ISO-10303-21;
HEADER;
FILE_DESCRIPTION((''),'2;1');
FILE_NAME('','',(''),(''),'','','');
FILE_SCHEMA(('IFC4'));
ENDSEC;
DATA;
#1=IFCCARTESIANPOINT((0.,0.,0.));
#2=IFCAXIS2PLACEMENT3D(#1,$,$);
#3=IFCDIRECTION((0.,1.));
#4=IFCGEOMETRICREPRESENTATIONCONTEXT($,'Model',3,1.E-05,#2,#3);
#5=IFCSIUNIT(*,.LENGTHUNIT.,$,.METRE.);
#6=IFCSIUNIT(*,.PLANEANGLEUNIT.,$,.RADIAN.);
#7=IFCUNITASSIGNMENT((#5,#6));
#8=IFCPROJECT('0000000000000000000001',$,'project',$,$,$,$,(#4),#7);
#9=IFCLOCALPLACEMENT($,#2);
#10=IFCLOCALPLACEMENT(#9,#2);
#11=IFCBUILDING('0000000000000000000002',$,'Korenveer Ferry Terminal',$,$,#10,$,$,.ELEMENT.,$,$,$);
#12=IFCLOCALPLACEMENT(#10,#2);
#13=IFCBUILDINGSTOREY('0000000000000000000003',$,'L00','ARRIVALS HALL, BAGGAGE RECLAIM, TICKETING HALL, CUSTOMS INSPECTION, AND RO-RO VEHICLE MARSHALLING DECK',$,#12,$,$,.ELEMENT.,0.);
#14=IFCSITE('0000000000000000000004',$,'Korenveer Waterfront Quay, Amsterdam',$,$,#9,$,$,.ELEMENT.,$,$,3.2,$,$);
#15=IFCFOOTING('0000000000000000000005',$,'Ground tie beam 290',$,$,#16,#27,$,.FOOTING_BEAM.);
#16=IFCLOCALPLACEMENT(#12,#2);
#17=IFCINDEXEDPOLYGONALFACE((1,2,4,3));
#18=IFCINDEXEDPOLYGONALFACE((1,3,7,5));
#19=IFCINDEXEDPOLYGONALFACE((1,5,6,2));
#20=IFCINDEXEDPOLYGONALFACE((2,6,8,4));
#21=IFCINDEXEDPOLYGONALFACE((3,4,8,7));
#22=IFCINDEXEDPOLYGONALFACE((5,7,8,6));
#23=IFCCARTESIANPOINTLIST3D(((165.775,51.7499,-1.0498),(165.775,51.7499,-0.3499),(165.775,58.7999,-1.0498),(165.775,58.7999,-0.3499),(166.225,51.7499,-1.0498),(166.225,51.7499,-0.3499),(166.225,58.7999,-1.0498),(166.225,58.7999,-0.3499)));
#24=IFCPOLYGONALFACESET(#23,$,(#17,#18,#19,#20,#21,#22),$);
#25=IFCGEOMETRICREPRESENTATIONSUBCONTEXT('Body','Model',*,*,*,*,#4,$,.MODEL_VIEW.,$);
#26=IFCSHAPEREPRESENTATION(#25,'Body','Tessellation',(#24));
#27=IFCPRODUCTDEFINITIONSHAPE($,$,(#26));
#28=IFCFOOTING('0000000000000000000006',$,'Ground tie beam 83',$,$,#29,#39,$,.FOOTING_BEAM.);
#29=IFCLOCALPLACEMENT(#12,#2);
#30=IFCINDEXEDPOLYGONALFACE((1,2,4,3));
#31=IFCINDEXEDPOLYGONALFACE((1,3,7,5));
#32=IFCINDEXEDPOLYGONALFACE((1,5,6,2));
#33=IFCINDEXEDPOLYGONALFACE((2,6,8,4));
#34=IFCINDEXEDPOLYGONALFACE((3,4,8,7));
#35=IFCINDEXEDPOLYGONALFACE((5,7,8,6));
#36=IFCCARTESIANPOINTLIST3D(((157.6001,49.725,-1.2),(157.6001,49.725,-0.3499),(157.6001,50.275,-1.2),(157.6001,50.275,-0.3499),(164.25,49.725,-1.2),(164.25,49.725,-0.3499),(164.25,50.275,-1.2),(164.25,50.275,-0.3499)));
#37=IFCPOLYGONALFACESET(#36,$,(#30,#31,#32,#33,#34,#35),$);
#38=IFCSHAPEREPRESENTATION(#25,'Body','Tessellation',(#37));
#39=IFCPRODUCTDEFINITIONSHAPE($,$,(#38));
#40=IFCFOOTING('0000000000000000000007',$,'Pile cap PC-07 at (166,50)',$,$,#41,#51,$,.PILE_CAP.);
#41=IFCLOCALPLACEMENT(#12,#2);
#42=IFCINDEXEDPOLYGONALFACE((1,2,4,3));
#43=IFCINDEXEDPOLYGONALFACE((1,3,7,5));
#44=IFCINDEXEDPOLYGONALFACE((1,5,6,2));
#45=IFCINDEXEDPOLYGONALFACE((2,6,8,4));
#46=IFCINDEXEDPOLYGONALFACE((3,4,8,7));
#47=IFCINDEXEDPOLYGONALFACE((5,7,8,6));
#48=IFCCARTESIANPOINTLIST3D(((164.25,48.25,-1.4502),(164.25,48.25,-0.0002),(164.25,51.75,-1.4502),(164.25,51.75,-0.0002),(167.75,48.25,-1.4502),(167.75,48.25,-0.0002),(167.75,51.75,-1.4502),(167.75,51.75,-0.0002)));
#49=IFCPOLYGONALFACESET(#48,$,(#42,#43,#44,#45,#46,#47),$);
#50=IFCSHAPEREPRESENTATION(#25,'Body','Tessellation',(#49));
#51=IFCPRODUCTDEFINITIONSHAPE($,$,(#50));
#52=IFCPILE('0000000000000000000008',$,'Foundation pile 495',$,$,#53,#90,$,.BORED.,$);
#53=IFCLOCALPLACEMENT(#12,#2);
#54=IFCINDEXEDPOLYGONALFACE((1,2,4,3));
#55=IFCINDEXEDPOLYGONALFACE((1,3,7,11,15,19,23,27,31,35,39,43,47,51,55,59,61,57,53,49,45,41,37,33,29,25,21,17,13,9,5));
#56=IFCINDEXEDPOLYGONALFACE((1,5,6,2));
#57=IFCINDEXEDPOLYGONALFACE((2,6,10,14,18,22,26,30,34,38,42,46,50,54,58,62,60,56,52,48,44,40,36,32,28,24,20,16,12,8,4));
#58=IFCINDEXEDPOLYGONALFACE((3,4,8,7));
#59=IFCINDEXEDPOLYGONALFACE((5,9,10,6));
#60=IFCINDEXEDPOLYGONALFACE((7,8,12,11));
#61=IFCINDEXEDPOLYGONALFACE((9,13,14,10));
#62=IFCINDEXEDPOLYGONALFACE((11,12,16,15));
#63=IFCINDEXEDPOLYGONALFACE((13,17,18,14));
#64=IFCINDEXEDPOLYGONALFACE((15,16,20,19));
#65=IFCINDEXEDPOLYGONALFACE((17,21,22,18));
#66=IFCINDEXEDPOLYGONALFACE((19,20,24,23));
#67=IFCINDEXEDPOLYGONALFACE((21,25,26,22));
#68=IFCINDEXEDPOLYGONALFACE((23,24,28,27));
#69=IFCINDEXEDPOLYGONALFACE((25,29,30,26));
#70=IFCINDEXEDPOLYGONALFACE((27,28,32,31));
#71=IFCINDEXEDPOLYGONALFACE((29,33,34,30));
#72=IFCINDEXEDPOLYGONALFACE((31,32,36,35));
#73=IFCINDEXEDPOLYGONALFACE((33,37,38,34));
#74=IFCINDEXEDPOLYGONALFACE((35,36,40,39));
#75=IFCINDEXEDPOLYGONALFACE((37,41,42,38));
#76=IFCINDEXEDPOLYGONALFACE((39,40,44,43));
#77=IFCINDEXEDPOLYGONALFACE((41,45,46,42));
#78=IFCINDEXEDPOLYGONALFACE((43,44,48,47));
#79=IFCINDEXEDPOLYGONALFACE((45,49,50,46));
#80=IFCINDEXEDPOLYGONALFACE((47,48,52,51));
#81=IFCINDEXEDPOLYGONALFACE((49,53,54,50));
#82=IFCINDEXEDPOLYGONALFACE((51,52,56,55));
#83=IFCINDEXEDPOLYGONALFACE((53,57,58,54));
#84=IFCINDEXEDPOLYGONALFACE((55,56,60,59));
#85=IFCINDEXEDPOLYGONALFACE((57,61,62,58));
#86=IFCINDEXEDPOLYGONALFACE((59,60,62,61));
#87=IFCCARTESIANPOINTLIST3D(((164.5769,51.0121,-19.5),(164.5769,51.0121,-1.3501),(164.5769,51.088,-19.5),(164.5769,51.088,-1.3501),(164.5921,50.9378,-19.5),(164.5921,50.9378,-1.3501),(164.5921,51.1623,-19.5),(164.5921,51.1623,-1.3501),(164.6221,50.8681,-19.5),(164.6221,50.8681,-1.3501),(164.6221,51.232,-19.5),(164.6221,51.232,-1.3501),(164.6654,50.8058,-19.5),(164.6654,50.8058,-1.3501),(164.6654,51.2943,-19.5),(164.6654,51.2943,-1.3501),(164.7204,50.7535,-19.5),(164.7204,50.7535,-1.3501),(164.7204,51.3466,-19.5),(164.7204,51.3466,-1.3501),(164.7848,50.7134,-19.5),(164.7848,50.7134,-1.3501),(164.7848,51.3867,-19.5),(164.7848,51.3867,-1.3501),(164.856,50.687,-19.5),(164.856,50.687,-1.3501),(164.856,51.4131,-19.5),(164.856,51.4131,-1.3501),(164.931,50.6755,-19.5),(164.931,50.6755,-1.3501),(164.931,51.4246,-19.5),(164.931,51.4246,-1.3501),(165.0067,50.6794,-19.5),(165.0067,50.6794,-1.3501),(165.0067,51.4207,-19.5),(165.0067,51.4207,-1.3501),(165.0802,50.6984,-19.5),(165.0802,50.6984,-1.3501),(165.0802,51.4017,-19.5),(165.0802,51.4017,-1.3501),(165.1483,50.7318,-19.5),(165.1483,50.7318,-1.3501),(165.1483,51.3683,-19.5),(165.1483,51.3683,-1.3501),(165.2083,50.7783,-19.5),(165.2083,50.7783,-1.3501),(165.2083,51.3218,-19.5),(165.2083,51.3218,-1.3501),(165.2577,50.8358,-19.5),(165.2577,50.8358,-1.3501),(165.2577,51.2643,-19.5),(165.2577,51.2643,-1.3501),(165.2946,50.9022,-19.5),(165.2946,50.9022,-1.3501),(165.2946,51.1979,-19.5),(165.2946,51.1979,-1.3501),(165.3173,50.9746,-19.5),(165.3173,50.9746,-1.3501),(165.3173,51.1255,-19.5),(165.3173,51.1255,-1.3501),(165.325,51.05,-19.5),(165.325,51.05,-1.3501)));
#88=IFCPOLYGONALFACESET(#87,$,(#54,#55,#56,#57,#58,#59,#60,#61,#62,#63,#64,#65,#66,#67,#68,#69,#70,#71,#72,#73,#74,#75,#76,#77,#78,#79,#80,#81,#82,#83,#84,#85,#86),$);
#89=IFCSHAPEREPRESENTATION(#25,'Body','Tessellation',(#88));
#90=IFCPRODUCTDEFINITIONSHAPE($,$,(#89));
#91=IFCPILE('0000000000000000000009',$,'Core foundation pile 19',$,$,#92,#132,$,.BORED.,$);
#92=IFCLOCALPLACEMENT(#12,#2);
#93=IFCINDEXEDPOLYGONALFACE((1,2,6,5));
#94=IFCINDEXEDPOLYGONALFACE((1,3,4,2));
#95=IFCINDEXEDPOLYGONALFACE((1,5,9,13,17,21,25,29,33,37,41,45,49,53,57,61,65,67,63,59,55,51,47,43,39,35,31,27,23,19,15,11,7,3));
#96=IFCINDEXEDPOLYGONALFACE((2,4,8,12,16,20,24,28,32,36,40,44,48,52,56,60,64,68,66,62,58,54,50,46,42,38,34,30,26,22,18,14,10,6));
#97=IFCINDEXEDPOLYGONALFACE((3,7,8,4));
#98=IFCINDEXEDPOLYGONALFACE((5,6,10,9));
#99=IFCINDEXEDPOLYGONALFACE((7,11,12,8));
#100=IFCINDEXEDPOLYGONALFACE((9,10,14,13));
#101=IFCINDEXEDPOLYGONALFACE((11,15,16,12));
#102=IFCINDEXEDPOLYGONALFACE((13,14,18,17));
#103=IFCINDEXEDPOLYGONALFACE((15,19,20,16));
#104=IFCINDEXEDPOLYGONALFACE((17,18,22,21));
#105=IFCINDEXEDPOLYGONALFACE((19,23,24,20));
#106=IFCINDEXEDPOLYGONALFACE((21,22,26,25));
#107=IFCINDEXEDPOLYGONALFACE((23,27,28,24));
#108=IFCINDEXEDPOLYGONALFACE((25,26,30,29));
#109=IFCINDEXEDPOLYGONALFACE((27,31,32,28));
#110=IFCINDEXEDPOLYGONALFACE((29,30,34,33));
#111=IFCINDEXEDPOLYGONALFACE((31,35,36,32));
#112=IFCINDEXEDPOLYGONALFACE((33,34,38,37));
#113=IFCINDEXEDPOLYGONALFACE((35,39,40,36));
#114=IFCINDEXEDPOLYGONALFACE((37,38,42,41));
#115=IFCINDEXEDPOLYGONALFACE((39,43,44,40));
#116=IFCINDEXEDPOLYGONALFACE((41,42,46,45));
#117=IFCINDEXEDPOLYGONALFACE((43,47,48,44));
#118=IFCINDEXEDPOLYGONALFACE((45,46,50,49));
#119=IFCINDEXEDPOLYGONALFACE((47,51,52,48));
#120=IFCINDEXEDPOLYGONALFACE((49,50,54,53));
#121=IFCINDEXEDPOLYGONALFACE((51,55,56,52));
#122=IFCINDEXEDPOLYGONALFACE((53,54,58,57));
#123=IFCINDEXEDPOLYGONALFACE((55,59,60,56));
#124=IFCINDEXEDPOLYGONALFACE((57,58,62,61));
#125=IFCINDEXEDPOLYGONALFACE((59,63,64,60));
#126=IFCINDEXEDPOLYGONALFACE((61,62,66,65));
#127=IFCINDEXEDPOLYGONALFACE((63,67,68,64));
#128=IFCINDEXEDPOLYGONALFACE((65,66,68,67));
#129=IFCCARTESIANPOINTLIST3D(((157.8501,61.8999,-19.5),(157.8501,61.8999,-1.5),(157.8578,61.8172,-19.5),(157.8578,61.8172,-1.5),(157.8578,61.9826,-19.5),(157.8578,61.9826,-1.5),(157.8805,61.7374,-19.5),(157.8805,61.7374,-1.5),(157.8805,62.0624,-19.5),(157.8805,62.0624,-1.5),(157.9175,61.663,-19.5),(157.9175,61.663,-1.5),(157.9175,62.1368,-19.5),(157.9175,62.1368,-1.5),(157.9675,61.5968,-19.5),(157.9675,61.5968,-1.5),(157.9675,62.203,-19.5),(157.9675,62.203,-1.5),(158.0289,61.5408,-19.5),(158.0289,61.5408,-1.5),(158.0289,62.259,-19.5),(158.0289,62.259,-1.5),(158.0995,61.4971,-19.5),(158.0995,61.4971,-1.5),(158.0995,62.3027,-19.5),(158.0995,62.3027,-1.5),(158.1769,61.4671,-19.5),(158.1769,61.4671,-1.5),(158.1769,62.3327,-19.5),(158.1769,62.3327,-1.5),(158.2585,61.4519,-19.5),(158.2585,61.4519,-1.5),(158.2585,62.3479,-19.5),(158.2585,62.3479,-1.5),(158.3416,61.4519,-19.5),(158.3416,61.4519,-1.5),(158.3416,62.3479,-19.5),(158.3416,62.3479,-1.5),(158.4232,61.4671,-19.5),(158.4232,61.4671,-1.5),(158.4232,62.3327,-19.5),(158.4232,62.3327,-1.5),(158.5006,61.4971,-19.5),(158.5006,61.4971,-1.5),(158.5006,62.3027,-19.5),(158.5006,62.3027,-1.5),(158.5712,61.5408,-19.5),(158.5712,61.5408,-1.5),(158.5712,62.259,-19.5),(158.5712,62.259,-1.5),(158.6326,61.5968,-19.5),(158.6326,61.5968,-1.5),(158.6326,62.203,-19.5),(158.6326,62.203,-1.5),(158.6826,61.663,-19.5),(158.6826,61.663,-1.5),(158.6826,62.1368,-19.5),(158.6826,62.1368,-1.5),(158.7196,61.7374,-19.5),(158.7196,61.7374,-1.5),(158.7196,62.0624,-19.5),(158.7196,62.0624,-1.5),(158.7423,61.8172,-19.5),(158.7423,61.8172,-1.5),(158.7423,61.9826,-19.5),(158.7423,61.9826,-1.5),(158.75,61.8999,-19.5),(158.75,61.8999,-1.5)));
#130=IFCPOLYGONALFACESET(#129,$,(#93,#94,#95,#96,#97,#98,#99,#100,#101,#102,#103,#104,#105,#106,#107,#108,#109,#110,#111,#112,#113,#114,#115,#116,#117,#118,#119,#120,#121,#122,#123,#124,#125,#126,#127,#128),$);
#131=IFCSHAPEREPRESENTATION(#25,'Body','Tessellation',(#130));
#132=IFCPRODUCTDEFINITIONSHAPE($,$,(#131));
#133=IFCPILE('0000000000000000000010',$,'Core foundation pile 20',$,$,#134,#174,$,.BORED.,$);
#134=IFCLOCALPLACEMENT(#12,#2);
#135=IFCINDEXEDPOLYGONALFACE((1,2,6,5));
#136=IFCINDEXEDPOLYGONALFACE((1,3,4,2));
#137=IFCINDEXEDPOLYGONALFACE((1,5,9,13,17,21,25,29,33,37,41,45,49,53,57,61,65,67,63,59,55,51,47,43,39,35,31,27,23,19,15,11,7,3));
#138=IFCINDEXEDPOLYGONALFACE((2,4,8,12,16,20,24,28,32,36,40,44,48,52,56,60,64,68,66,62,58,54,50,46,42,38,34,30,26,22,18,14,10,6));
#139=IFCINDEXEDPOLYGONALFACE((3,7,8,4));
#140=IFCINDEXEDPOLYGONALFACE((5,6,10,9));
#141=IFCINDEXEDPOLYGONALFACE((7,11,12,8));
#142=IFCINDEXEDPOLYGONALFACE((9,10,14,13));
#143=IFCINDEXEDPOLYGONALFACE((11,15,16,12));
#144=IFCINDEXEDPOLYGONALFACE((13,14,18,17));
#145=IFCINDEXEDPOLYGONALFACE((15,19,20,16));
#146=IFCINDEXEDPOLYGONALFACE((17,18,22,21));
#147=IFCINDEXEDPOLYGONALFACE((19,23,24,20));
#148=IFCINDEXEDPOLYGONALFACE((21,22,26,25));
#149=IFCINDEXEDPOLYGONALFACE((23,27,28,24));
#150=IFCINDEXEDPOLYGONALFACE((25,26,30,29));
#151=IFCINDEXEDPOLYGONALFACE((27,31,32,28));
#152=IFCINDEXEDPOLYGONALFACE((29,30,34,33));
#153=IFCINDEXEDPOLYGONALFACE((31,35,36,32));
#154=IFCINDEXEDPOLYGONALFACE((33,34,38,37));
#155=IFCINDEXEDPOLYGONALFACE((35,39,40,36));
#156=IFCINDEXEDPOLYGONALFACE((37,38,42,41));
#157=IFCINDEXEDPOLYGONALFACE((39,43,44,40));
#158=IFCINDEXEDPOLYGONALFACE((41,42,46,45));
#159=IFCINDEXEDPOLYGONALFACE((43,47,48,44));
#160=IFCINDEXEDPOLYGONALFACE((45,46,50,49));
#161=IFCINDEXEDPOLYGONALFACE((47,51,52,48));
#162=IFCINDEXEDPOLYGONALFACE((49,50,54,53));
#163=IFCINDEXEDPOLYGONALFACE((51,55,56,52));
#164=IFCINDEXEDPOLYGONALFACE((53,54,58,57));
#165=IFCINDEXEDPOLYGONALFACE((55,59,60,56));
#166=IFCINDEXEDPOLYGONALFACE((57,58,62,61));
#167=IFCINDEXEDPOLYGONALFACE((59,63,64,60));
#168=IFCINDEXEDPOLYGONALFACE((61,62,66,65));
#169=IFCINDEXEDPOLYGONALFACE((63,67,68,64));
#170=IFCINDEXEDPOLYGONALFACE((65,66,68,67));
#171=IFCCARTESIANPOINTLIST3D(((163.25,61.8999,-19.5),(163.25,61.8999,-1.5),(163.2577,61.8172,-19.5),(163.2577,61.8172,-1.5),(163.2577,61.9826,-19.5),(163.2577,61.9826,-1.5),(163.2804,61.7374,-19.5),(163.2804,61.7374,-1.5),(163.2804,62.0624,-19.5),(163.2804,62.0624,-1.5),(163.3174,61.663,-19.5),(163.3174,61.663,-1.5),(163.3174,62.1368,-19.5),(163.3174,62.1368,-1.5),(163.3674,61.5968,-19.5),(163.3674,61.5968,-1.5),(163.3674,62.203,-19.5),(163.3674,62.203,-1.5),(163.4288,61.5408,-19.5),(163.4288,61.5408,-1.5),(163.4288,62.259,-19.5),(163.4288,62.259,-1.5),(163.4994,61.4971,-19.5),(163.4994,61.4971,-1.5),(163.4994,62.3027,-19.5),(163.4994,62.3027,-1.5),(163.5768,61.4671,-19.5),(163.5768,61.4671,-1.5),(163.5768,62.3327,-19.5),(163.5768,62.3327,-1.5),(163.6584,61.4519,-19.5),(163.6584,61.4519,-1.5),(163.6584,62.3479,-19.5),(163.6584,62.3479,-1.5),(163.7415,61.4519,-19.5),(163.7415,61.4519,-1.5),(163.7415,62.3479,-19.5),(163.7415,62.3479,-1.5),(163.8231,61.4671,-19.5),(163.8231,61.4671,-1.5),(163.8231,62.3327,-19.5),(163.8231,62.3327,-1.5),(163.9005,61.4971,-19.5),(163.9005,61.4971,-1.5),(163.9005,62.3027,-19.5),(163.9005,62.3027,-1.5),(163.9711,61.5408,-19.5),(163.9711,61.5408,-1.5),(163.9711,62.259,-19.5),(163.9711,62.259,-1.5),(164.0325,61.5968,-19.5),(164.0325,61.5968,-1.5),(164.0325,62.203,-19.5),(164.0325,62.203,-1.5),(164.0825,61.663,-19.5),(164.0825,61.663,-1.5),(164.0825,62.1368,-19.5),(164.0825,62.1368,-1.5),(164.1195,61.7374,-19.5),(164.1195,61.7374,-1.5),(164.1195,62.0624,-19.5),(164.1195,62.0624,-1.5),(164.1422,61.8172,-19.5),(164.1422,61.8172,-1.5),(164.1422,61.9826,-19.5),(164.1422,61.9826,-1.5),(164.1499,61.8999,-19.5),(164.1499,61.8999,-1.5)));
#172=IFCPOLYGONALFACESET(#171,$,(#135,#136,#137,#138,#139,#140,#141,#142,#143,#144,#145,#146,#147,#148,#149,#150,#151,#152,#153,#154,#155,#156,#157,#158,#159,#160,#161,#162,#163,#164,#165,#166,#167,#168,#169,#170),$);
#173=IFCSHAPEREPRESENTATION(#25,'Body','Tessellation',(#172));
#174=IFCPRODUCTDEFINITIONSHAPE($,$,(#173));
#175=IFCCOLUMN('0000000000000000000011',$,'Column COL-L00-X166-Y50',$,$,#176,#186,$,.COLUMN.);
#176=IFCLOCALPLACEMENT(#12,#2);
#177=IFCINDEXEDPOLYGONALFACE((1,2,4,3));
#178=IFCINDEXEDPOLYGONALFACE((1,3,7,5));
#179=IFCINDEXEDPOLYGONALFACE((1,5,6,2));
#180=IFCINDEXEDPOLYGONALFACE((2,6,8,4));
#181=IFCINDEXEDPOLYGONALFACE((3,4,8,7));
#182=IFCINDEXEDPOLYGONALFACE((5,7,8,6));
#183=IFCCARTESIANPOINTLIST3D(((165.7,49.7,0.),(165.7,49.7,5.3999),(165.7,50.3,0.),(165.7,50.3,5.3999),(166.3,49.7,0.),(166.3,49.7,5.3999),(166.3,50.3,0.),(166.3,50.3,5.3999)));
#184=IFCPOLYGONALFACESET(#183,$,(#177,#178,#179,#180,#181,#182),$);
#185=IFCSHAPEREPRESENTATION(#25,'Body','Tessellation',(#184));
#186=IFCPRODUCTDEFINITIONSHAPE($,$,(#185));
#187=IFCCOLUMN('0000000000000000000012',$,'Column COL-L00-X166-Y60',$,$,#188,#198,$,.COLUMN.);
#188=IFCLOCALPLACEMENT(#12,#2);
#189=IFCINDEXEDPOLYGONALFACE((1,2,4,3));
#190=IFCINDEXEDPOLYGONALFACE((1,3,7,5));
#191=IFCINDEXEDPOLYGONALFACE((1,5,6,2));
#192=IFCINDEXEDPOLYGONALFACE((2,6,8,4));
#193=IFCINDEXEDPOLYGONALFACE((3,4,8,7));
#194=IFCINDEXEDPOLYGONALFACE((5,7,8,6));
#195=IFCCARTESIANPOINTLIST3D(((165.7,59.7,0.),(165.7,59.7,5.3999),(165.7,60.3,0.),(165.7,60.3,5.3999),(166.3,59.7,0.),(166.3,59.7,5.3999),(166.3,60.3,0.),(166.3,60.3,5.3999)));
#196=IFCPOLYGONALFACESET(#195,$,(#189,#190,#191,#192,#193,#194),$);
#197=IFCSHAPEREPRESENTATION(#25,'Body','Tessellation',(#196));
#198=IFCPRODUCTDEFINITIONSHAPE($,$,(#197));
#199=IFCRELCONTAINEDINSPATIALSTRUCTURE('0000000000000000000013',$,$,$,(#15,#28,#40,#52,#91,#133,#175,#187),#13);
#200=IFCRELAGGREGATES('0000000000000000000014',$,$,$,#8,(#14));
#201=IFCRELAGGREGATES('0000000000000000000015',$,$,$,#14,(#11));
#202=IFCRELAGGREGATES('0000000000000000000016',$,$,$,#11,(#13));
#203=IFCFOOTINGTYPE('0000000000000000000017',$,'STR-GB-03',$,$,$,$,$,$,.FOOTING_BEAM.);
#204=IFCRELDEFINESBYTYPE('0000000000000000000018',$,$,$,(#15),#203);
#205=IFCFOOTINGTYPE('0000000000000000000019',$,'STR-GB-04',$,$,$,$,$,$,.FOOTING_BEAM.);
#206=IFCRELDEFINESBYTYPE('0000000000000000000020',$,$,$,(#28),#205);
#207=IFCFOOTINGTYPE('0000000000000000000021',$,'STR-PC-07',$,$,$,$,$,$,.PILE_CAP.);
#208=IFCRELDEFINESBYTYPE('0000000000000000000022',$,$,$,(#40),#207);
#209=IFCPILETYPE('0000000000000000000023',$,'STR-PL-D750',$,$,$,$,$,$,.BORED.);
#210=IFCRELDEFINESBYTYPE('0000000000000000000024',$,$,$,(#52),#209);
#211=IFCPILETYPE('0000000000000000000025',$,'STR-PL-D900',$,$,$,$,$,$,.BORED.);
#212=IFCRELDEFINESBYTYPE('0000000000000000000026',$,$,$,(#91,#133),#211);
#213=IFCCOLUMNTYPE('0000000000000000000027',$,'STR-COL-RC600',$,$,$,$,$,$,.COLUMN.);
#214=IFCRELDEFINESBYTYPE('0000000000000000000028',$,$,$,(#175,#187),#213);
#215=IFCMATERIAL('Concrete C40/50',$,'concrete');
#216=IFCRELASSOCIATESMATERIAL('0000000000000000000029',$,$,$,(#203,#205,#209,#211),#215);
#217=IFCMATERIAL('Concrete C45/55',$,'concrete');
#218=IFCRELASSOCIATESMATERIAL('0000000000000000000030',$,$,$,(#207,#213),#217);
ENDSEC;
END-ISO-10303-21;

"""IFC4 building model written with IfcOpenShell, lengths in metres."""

from ifc_helpers import new_model, si_unit, direction, frame, origin, origin_2d, place, context, subcontext, project, spatial, rectangle, circle, extrude, material, material_profile, profile_set, type_object, element, save


model = new_model("IFC4")

# Units and contexts
model_context = context("Model", 3, precision=1e-05, world=origin(), true_north=direction((0.0, 1.0)))
body_context = subcontext(model_context, "Body", "Model", "MODEL_VIEW")
ifc_project = project(units=[si_unit("LENGTHUNIT", "METRE"), si_unit("PLANEANGLEUNIT", "RADIAN")], contexts=[model_context])

# Site, building, storey
site_placement = place(None, origin())
site = spatial("IfcSite", under=ifc_project, at=site_placement, Name="Korenveer Waterfront Quay, Amsterdam", CompositionType="ELEMENT", RefElevation=3.2)
building_placement = place(site_placement, origin())
building = spatial("IfcBuilding", under=site, at=building_placement, Name="Korenveer Ferry Terminal", CompositionType="ELEMENT")
storey_placement = place(building_placement, origin())
storey = spatial("IfcBuildingStorey", under=building, at=storey_placement, Name="L00", Description="ARRIVALS HALL, BAGGAGE RECLAIM, TICKETING HALL, CUSTOMS INSPECTION, AND RO-RO VEHICLE MARSHALLING DECK", CompositionType="ELEMENT", Elevation=0.0)

# Footings
ifc_material_1 = material(Name="Concrete C40/50", Category="concrete")
footing_type_1 = type_object("IfcFootingType", Name="STR-GB-03", PredefinedType="FOOTING_BEAM", material=ifc_material_1)
footing_1_placement = place(storey_placement, frame((166.0, 55.2749, -1.0498), z_axis=(0.0, 0.0, 1.0), x_axis=(1.0, 0.0, 0.0)))
element("IfcFooting", 1, at=footing_1_placement, inside=storey, type_object=footing_type_1, Name="Ground tie beam 290", PredefinedType="FOOTING_BEAM", context=body_context, shape_type="SweptSolid", body=[
    extrude(rectangle(XDim=0.45, YDim=7.05, at=origin_2d()), origin(), (0.0, 0.0, 1.0), 0.7),
])
footing_type_2 = type_object("IfcFootingType", Name="STR-GB-04", PredefinedType="FOOTING_BEAM", material=ifc_material_1)
footing_2_placement = place(storey_placement, frame((160.925, 50.0, -1.2), z_axis=(0.0, 0.0, 1.0), x_axis=(1.0, 0.0, 0.0)))
element("IfcFooting", 2, at=footing_2_placement, inside=storey, type_object=footing_type_2, Name="Ground tie beam 83", PredefinedType="FOOTING_BEAM", context=body_context, shape_type="SweptSolid", body=[
    extrude(rectangle(XDim=6.6499, YDim=0.55, at=origin_2d()), origin(), (0.0, 0.0, 1.0), 0.8501),
])
ifc_material_2 = material(Name="Concrete C45/55", Category="concrete")
footing_type_3 = type_object("IfcFootingType", Name="STR-PC-07", PredefinedType="PILE_CAP", material=ifc_material_2)
footing_3_placement = place(storey_placement, frame((166.0, 50.0, -1.4502), z_axis=(0.0, 0.0, 1.0), x_axis=(1.0, 0.0, 0.0)))
element("IfcFooting", 3, at=footing_3_placement, inside=storey, type_object=footing_type_3, Name="Pile cap PC-07 at (166,50)", PredefinedType="PILE_CAP", context=body_context, shape_type="SweptSolid", body=[
    extrude(rectangle(XDim=3.5, YDim=3.5, at=origin_2d()), origin(), (0.0, 0.0, 1.0), 1.45),
])

# Piles
ifc_material_profile_1 = material_profile(ifc_material_1, circle(Radius=0.375, at=origin_2d()), Name="PILE D750")
ifc_profile_set_1 = profile_set([ifc_material_profile_1], Name="Concrete C40/50")
pile_type_1 = type_object("IfcPileType", Name="STR-PL-D750", PredefinedType="BORED", material=ifc_profile_set_1)
pile_placement = place(storey_placement, frame((164.95, 51.05, -1.3501), z_axis=(0.0, 0.0, -1.0), x_axis=(1.0, 0.0, 0.0)))
element("IfcPile", 4, at=pile_placement, inside=storey, type_object=pile_type_1, Name="Foundation pile 495", PredefinedType="BORED", context=body_context, shape_type="SweptSolid", body=[
    extrude(circle(Radius=0.375, at=origin_2d()), origin(), (0.0, 0.0, 1.0), 18.1499),
])
ifc_material_profile_2 = material_profile(ifc_material_1, circle(Radius=0.45, at=origin_2d()), Name="PILE D900")
ifc_profile_set_2 = profile_set([ifc_material_profile_2], Name="Concrete C40/50")
pile_type_2 = type_object("IfcPileType", Name="STR-PL-D900", PredefinedType="BORED", material=ifc_profile_set_2)
for number, where, z_axis, x_axis, name in (
    (5, (158.3, 61.8999, -1.5), (0.0, 0.0, -1.0), (1.0, 0.0, 0.0), "Core foundation pile 19"),
    (6, (163.7, 61.8999, -1.5), (0.0, 0.0, -1.0), (1.0, 0.0, 0.0), "Core foundation pile 20"),
):
    element("IfcPile", number, at=place(storey_placement, frame(where, z_axis=z_axis, x_axis=x_axis)), inside=storey, type_object=pile_type_2, Name=name, PredefinedType="BORED", context=body_context, shape_type="SweptSolid", body=[
        extrude(circle(Radius=0.45, at=origin_2d()), origin(), (0.0, 0.0, 1.0), 18.0),
    ])

# Columns
ifc_material_profile_3 = material_profile(ifc_material_2, rectangle(XDim=0.6001, YDim=0.6001, at=origin_2d()), Name="RC 600x600")
ifc_profile_set_3 = profile_set([ifc_material_profile_3], Name="Concrete C45/55")
column_type = type_object("IfcColumnType", Name="STR-COL-RC600", PredefinedType="COLUMN", material=ifc_profile_set_3)
for number, where, z_axis, x_axis, name in (
    (7, (166.0, 50.0, 0.0), (0.0, 0.0, 1.0), (1.0, 0.0, 0.0), "Column COL-L00-X166-Y50"),
    (8, (166.0, 60.0, 0.0), (0.0, 0.0, 1.0), (1.0, 0.0, 0.0), "Column COL-L00-X166-Y60"),
):
    element("IfcColumn", number, at=place(storey_placement, frame(where, z_axis=z_axis, x_axis=x_axis)), inside=storey, type_object=column_type, Name=name, PredefinedType="COLUMN", context=body_context, shape_type="SweptSolid", body=[
        extrude(rectangle(XDim=0.6001, YDim=0.6001, at=origin_2d()), origin(), (0.0, 0.0, 1.0), 5.3999),
    ])

save(model, "model.ifc")
